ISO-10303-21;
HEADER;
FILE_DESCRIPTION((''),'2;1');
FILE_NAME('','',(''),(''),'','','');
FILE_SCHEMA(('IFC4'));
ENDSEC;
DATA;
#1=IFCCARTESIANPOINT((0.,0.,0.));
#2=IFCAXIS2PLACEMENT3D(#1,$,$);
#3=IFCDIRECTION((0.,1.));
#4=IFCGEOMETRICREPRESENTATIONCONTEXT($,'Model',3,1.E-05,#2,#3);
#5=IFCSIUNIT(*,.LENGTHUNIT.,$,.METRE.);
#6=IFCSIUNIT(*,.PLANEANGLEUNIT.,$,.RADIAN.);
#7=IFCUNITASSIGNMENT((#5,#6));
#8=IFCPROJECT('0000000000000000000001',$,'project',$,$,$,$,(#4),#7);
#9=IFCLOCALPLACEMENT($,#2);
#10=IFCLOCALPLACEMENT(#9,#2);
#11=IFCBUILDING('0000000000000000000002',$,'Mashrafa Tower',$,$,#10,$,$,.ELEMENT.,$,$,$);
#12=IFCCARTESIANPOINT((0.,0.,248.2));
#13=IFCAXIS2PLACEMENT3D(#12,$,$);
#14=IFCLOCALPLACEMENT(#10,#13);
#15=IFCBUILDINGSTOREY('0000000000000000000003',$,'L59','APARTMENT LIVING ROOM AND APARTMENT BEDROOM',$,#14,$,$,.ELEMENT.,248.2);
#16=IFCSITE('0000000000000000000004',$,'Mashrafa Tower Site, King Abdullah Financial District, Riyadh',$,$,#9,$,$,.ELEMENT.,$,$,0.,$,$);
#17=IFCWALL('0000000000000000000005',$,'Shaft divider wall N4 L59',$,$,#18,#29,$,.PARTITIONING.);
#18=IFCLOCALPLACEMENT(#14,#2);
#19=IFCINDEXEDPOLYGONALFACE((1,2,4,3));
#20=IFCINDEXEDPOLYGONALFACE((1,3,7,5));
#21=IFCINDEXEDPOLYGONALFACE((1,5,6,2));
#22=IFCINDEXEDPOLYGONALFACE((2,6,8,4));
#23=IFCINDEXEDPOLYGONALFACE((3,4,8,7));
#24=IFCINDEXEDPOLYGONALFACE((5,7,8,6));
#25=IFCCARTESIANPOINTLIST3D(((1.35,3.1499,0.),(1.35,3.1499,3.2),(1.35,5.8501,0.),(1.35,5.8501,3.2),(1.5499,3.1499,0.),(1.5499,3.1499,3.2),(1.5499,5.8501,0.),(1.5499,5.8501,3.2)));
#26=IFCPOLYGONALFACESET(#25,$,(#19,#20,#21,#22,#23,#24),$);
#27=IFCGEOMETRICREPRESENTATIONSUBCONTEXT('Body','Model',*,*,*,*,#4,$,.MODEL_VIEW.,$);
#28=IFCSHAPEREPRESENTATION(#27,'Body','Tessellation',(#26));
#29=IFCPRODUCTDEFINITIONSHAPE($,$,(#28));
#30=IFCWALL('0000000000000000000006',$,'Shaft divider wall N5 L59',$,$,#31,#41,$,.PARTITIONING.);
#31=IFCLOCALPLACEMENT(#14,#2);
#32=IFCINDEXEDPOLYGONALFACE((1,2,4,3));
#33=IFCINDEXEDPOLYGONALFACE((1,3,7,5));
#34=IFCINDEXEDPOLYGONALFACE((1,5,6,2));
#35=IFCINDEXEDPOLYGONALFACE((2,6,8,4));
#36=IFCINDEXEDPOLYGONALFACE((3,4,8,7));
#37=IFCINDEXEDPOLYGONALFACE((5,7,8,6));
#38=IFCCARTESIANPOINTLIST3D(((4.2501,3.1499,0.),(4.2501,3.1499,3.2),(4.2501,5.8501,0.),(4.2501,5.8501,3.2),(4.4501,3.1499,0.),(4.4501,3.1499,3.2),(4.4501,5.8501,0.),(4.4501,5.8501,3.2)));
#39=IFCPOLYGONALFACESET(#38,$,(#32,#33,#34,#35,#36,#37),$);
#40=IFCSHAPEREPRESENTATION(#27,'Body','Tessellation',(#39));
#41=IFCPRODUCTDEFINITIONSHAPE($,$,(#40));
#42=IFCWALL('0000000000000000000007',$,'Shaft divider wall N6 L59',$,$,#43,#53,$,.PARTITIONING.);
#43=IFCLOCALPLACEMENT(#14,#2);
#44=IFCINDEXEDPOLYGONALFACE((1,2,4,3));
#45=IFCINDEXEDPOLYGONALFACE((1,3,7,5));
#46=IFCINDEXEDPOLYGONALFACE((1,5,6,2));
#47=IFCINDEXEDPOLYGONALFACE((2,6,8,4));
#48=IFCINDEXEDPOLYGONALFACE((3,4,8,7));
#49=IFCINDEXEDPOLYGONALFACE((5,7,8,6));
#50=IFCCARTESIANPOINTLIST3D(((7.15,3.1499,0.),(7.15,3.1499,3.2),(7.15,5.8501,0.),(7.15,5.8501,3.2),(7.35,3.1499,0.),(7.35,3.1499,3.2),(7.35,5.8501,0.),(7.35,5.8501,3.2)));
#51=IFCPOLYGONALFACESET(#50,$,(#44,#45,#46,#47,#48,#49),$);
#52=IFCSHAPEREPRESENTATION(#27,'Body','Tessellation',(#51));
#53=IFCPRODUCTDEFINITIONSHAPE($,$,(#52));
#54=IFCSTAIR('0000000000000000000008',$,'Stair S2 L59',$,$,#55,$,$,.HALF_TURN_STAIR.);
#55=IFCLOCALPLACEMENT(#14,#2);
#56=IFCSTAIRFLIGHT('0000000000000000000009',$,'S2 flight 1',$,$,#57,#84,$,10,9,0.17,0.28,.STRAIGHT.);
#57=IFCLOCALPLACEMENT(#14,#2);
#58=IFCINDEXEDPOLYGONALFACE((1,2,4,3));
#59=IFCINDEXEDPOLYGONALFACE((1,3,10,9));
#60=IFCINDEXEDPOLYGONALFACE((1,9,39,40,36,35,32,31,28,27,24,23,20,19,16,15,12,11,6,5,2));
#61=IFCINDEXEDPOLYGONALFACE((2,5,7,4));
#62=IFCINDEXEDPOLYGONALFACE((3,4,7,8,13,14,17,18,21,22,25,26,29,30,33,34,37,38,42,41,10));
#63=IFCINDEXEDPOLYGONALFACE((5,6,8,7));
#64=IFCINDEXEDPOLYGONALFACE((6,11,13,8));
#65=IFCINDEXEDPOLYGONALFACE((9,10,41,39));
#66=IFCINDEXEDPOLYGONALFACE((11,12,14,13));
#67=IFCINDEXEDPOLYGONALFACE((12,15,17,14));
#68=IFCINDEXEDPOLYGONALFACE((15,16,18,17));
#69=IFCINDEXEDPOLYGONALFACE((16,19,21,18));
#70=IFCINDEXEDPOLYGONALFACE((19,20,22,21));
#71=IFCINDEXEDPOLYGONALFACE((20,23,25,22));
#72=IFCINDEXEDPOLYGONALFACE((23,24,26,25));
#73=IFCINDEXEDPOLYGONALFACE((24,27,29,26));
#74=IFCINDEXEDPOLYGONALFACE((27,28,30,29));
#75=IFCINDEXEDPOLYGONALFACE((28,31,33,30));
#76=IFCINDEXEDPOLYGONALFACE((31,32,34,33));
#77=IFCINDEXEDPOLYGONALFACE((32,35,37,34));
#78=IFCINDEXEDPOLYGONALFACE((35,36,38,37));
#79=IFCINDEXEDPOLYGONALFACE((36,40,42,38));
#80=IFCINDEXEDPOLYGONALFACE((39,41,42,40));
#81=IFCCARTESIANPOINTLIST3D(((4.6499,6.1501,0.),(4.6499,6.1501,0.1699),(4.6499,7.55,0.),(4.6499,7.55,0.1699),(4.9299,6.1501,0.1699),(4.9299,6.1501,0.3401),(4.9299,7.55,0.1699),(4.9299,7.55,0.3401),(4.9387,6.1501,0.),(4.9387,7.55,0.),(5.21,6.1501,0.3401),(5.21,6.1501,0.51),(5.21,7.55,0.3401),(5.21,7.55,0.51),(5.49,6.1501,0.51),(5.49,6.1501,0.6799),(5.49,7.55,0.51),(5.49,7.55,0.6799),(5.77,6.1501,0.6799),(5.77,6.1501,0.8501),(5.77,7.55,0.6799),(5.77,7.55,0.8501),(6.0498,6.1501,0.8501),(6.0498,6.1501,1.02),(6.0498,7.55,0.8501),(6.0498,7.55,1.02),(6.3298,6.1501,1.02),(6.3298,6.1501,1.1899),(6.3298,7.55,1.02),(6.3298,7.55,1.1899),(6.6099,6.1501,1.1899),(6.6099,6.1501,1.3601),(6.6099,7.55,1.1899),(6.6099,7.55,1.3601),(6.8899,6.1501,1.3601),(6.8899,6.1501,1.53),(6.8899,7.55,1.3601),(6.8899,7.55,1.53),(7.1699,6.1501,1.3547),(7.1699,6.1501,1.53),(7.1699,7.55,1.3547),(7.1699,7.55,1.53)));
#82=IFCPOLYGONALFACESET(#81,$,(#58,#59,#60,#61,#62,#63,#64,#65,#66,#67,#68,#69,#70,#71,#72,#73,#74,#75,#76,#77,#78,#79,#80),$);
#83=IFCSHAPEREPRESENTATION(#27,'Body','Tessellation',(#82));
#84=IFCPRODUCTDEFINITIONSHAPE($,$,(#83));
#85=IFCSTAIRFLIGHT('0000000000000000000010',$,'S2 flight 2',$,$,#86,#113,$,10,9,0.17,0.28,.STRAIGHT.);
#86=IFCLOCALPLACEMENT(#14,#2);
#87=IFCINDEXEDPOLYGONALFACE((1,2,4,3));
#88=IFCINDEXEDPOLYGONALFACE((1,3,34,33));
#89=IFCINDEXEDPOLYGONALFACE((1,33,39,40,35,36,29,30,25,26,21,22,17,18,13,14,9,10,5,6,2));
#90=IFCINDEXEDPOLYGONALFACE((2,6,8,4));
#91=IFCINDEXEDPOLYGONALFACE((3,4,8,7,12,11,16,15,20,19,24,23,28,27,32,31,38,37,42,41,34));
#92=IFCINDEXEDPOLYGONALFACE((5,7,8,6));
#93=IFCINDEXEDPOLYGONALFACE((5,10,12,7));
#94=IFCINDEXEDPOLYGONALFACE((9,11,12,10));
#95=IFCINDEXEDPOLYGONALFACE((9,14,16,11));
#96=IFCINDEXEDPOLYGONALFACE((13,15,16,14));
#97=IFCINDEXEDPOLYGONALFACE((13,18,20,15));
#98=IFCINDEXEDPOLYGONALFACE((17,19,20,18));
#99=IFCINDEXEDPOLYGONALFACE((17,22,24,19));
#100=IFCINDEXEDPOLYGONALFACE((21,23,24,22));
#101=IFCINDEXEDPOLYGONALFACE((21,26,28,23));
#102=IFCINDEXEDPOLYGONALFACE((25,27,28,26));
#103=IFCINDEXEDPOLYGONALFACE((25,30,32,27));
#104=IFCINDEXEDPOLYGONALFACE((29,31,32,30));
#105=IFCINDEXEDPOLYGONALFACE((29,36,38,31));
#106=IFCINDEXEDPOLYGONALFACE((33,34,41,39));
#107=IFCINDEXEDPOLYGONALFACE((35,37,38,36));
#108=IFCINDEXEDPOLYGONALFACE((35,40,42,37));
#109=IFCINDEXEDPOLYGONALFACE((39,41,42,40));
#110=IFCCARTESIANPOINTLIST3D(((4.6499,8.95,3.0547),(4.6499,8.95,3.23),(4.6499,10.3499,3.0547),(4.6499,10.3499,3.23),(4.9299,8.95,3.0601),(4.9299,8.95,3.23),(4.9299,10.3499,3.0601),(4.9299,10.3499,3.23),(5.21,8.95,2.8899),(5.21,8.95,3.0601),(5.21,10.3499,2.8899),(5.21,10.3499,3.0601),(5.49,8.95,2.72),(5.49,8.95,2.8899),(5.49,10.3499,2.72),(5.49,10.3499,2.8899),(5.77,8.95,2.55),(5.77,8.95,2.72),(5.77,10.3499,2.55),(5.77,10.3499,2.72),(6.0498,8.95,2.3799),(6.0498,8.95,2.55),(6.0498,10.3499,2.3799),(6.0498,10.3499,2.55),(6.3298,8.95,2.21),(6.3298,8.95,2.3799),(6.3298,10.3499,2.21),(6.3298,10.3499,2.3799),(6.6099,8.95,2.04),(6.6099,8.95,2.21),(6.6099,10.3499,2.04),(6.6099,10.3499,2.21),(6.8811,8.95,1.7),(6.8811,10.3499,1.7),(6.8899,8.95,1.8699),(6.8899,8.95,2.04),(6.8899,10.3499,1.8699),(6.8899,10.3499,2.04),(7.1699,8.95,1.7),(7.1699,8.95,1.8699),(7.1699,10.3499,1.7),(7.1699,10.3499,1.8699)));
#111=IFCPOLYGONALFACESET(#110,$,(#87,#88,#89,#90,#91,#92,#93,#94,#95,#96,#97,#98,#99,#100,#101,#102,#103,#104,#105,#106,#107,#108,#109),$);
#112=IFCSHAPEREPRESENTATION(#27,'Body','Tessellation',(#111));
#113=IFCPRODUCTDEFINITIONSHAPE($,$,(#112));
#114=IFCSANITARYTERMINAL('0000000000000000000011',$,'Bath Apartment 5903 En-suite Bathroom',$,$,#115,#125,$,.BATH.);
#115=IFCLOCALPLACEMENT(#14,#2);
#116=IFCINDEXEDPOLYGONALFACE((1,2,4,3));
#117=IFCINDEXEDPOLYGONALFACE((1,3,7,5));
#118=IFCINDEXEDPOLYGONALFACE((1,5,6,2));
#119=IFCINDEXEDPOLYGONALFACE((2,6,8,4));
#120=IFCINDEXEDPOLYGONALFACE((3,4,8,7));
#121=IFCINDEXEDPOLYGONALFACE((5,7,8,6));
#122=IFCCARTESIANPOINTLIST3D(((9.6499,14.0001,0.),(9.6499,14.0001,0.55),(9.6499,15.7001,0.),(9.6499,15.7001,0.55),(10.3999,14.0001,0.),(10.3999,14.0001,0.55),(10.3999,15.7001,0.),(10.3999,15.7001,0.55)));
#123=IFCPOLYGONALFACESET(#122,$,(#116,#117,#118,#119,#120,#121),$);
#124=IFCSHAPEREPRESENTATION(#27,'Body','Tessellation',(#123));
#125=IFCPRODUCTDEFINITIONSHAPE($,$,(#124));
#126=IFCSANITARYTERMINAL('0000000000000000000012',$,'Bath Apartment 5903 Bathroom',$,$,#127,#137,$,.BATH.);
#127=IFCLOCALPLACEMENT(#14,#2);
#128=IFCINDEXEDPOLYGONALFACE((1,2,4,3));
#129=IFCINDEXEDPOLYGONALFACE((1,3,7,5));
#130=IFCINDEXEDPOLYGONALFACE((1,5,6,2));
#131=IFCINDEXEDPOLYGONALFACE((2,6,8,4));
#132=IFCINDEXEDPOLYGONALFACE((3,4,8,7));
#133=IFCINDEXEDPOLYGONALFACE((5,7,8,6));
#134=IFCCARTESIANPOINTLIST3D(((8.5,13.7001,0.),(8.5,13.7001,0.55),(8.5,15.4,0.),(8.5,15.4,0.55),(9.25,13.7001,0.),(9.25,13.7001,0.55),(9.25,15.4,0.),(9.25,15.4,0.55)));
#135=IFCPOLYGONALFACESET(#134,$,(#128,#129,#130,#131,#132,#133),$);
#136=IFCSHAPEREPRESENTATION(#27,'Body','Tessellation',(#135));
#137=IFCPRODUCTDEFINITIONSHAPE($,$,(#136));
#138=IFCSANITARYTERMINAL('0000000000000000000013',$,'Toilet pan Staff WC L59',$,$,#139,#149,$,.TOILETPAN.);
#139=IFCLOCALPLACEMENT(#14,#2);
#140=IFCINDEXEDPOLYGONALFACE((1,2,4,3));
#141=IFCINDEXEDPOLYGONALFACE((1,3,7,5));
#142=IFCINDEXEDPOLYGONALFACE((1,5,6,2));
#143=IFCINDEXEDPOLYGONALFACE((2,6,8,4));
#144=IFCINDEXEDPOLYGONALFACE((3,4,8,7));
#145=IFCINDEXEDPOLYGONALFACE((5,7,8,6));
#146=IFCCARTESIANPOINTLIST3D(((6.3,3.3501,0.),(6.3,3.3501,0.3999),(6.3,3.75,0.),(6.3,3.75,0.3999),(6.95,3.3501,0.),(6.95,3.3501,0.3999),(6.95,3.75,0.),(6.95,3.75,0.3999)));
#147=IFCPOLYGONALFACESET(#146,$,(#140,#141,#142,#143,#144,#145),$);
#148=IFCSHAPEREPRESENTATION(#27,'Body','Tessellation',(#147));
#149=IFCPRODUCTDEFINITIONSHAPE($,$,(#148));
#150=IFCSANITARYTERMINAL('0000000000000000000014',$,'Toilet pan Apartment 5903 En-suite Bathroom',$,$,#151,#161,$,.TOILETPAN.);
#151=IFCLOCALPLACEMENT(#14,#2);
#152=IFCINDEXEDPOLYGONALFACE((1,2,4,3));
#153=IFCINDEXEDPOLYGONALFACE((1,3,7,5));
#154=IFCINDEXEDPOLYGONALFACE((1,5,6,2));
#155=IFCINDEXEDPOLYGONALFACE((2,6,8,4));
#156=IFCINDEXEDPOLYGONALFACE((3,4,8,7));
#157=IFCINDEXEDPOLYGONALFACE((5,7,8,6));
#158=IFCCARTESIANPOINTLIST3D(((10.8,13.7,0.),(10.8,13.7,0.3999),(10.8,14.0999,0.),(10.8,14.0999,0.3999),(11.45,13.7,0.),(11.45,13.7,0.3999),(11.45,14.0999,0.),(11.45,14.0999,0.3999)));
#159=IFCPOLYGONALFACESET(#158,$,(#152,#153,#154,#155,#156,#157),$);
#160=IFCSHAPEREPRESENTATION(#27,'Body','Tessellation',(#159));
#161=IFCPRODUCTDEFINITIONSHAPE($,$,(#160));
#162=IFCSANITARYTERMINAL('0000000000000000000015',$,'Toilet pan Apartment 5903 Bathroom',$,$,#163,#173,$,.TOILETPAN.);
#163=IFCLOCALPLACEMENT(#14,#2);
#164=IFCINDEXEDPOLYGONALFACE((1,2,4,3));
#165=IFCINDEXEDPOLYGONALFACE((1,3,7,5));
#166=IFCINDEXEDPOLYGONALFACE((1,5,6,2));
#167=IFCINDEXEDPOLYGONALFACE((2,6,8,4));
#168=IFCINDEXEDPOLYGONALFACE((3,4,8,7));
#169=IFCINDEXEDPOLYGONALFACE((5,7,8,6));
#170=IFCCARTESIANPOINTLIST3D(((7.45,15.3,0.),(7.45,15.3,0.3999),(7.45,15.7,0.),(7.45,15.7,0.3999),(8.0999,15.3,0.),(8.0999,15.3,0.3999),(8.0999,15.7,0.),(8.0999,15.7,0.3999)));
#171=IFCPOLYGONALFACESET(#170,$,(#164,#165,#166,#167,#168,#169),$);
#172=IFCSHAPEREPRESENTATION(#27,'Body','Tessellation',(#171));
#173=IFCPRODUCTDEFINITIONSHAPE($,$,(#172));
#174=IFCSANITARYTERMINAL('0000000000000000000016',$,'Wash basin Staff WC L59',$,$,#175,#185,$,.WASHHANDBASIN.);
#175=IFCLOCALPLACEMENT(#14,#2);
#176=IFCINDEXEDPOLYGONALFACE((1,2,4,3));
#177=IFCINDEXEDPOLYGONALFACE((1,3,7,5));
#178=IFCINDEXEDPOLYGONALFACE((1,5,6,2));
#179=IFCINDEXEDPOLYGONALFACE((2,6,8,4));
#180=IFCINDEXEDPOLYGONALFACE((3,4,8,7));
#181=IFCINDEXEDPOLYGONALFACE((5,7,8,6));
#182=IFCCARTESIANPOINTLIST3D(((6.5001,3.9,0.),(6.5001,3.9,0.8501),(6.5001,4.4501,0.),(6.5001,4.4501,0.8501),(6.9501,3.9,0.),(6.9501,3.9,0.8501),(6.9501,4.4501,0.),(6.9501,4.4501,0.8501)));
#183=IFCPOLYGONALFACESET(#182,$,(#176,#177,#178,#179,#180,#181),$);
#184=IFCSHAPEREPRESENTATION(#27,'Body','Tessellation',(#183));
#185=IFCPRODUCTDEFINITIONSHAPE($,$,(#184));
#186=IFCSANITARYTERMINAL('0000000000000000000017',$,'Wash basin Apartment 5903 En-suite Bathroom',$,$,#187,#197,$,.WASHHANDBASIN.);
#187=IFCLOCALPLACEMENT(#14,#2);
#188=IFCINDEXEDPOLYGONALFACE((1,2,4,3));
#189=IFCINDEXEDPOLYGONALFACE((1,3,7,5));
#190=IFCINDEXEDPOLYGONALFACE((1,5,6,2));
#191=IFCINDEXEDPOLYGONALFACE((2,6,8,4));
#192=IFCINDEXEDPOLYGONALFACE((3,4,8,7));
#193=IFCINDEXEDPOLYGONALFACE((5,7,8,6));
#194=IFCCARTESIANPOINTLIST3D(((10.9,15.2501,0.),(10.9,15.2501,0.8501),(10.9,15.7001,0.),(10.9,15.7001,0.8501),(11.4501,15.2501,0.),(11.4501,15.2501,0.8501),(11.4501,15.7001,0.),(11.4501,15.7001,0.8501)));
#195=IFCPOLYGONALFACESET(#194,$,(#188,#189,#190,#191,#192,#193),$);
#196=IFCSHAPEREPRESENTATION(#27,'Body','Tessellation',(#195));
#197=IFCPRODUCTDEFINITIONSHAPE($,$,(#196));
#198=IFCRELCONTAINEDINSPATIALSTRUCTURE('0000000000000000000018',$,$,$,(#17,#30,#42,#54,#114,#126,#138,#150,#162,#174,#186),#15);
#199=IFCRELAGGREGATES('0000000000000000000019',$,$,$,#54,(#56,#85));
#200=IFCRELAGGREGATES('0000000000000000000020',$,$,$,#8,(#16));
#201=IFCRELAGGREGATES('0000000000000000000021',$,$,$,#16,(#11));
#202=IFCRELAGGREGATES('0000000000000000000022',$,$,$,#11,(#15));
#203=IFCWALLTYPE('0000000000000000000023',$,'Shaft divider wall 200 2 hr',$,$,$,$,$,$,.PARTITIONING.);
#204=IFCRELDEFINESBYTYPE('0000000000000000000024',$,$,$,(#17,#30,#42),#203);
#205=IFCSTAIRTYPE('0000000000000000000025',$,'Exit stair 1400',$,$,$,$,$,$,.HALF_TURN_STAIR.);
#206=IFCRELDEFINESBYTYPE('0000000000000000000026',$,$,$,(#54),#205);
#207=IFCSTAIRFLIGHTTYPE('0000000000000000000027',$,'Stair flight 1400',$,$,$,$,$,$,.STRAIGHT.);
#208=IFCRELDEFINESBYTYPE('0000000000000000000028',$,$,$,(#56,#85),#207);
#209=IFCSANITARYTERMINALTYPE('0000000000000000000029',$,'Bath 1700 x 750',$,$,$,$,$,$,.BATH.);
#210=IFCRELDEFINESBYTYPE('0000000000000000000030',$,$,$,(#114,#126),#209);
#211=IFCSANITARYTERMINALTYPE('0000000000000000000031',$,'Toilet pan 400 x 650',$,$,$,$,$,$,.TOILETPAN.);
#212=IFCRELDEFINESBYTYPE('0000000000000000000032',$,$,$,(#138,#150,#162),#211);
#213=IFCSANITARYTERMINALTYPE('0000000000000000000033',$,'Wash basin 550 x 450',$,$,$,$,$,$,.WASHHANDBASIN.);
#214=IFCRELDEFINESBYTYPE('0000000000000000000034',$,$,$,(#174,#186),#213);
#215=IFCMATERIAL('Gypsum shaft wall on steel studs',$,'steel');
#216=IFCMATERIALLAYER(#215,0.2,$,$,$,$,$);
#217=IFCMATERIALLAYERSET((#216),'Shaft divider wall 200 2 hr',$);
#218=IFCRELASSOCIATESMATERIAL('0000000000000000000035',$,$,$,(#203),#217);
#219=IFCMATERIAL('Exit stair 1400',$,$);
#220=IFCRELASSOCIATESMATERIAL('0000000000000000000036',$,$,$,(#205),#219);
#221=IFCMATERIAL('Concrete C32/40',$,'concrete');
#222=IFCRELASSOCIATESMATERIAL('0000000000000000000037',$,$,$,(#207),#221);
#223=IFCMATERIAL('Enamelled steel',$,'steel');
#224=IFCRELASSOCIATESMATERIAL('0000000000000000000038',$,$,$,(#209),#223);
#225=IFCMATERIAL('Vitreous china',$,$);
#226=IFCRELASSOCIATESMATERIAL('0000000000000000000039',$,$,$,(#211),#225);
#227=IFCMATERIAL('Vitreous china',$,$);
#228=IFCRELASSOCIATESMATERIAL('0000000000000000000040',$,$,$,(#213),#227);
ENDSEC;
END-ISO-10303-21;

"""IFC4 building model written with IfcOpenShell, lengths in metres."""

from ifc_helpers import new_model, si_unit, direction, frame, frame_2d, origin, origin_2d, place, context, subcontext, project, spatial, polyline, rectangle, outline, extrude, material, layer, layer_set, type_object, element, aggregate, save


model = new_model("IFC4")

# Units and contexts
model_context = context("Model", 3, precision=1e-05, world=origin(), true_north=direction((0.0, 1.0)))
body_context = subcontext(model_context, "Body", "Model", "MODEL_VIEW")
ifc_project = project(units=[si_unit("LENGTHUNIT", "METRE"), si_unit("PLANEANGLEUNIT", "RADIAN")], contexts=[model_context])

# Site, building, storey
site_placement = place(None, origin())
site = spatial("IfcSite", under=ifc_project, at=site_placement, Name="Mashrafa Tower Site, King Abdullah Financial District, Riyadh", CompositionType="ELEMENT", RefElevation=0.0)
building_placement = place(site_placement, origin())
building = spatial("IfcBuilding", under=site, at=building_placement, Name="Mashrafa Tower", CompositionType="ELEMENT")
storey_placement = place(building_placement, frame((0.0, 0.0, 248.2)))
storey = spatial("IfcBuildingStorey", under=building, at=storey_placement, Name="L59", Description="APARTMENT LIVING ROOM AND APARTMENT BEDROOM", CompositionType="ELEMENT", Elevation=248.2)

# Walls
ifc_material_1 = material(Name="Gypsum shaft wall on steel studs", Category="steel")
ifc_layer_1 = layer(ifc_material_1, 0.2)
ifc_layer_set_1 = layer_set([ifc_layer_1], Name="Shaft divider wall 200 2 hr")
wall_type_1 = type_object("IfcWallType", Name="Shaft divider wall 200 2 hr", PredefinedType="PARTITIONING", material=ifc_layer_set_1)
for number, where, z_axis, x_axis, name in (
    (1, (1.45, 3.1499, 0.0), (0.0, 0.0, 1.0), (0.0, 1.0, 0.0), "Shaft divider wall N4 L59"),
    (2, (4.3501, 3.1499, 0.0), (0.0, 0.0, 1.0), (0.0, 1.0, 0.0), "Shaft divider wall N5 L59"),
    (3, (7.25, 3.1499, 0.0), (0.0, 0.0, 1.0), (0.0, 1.0, 0.0), "Shaft divider wall N6 L59"),
):
    element("IfcWall", number, at=place(storey_placement, frame(where, z_axis=z_axis, x_axis=x_axis)), inside=storey, type_object=wall_type_1, Name=name, PredefinedType="PARTITIONING", context=body_context, shape_type="SweptSolid", body=[
        extrude(rectangle(XDim=2.7002, YDim=0.2, at=frame_2d((1.3501, 0.0))), origin(), (0.0, 0.0, 1.0), 3.2),
    ])

# Stair, stair flights
ifc_material_2 = material(Name="Exit stair 1400")
stair_type = type_object("IfcStairType", Name="Exit stair 1400", PredefinedType="HALF_TURN_STAIR", material=ifc_material_2)
stair_placement = place(storey_placement, origin())
stair = element("IfcStair", 4, at=stair_placement, inside=storey, type_object=stair_type, Name="Stair S2 L59", PredefinedType="HALF_TURN_STAIR")
ifc_material_3 = material(Name="Concrete C32/40", Category="concrete")
stair_flight_type = type_object("IfcStairFlightType", Name="Stair flight 1400", PredefinedType="STRAIGHT", material=ifc_material_3)
stair_flight_1_placement = place(storey_placement, frame((4.6499, 6.8501, 0.0), z_axis=(0.0, 0.0, 1.0), x_axis=(1.0, 0.0, 0.0)))
stair_flight_1 = element("IfcStairFlight", 5, at=stair_flight_1_placement, type_object=stair_flight_type, Name="S2 flight 1", NumberOfRisers=10, NumberOfTreads=9, PredefinedType="STRAIGHT", RiserHeight=0.17, TreadLength=0.28, context=body_context, shape_type="SweptSolid", body=[
    extrude(outline(polyline([(0.0, 0.0), (0.0, 0.1699), (0.28, 0.1699), (0.28, 0.3401), (0.5601, 0.3401), (0.5601, 0.51), (0.8401, 0.51), (0.8401, 0.6799), (1.1201, 0.6799), (1.1201, 0.8501), (1.3999, 0.8501), (1.3999, 1.02), (1.6799, 1.02), (1.6799, 1.1899), (1.96, 1.1899), (1.96, 1.3601), (2.24, 1.3601), (2.24, 1.53), (2.52, 1.53), (2.52, 1.7), (2.52, 1.3547), (0.2888, 0.0), (0.0, 0.0)])), frame((0.0, 0.7, 0.0), z_axis=(0.0, -1.0, 0.0), x_axis=(1.0, 0.0, 0.0)), (0.0, 0.0, 1.0), 1.3999),
])
stair_flight_2_placement = place(storey_placement, frame((7.1699, 9.6499, 1.7), z_axis=(0.0, 0.0, 1.0), x_axis=(-1.0, 0.0, 0.0)))
stair_flight_2 = element("IfcStairFlight", 6, at=stair_flight_2_placement, type_object=stair_flight_type, Name="S2 flight 2", NumberOfRisers=10, NumberOfTreads=9, PredefinedType="STRAIGHT", RiserHeight=0.17, TreadLength=0.28, context=body_context, shape_type="SweptSolid", body=[
    extrude(outline(polyline([(0.0, 0.0), (0.0, 0.1699), (0.28, 0.1699), (0.28, 0.3401), (0.5601, 0.3401), (0.5601, 0.51), (0.8401, 0.51), (0.8401, 0.6799), (1.1201, 0.6799), (1.1201, 0.8501), (1.3999, 0.8501), (1.3999, 1.02), (1.6799, 1.02), (1.6799, 1.1899), (1.96, 1.1899), (1.96, 1.3601), (2.24, 1.3601), (2.24, 1.53), (2.52, 1.53), (2.52, 1.7), (2.52, 1.3547), (0.2888, 0.0), (0.0, 0.0)])), frame((0.0, 0.7, 0.0), z_axis=(0.0, -1.0, 0.0), x_axis=(1.0, 0.0, 0.0)), (0.0, 0.0, 1.0), 1.3999),
])
aggregate(stair, [stair_flight_1, stair_flight_2])

# Sanitary terminals
ifc_material_4 = material(Name="Enamelled steel", Category="steel")
sanitary_terminal_type_1 = type_object("IfcSanitaryTerminalType", Name="Bath 1700 x 750", PredefinedType="BATH", material=ifc_material_4)
for number, where, z_axis, x_axis, name in (
    (7, (10.0249, 14.8501, 0.0), (0.0, 0.0, 1.0), (0.0, -1.0, 0.0), "Bath Apartment 5903 En-suite Bathroom"),
    (8, (8.875, 14.55, 0.0), (0.0, 0.0, 1.0), (0.0, 1.0, 0.0), "Bath Apartment 5903 Bathroom"),
):
    element("IfcSanitaryTerminal", number, at=place(storey_placement, frame(where, z_axis=z_axis, x_axis=x_axis)), inside=storey, type_object=sanitary_terminal_type_1, Name=name, PredefinedType="BATH", context=body_context, shape_type="SweptSolid", body=[
        extrude(rectangle(XDim=1.7, YDim=0.75, at=origin_2d()), origin(), (0.0, 0.0, 1.0), 0.55),
    ])
ifc_material_5 = material(Name="Vitreous china")
sanitary_terminal_type_2 = type_object("IfcSanitaryTerminalType", Name="Toilet pan 400 x 650", PredefinedType="TOILETPAN", material=ifc_material_5)
for number, where, z_axis, x_axis, name in (
    (9, (6.625, 3.55, 0.0), (0.0, 0.0, 1.0), (0.0, 1.0, 0.0), "Toilet pan Staff WC L59"),
    (10, (11.125, 13.8999, 0.0), (0.0, 0.0, 1.0), (0.0, 1.0, 0.0), "Toilet pan Apartment 5903 En-suite Bathroom"),
    (11, (7.7749, 15.5, 0.0), (0.0, 0.0, 1.0), (0.0, -1.0, 0.0), "Toilet pan Apartment 5903 Bathroom"),
):
    element("IfcSanitaryTerminal", number, at=place(storey_placement, frame(where, z_axis=z_axis, x_axis=x_axis)), inside=storey, type_object=sanitary_terminal_type_2, Name=name, PredefinedType="TOILETPAN", context=body_context, shape_type="SweptSolid", body=[
        extrude(rectangle(XDim=0.3999, YDim=0.6499, at=origin_2d()), origin(), (0.0, 0.0, 1.0), 0.3999),
    ])
ifc_material_6 = material(Name="Vitreous china")
sanitary_terminal_type_3 = type_object("IfcSanitaryTerminalType", Name="Wash basin 550 x 450", PredefinedType="WASHHANDBASIN", material=ifc_material_6)
for number, where, z_axis, x_axis, name in (
    (12, (6.7251, 4.175, 0.0), (0.0, 0.0, 1.0), (0.0, 1.0, 0.0), "Wash basin Staff WC L59"),
    (13, (11.175, 15.4751, 0.0), (0.0, 0.0, 1.0), (-1.0, 0.0, 0.0), "Wash basin Apartment 5903 En-suite Bathroom"),
):
    element("IfcSanitaryTerminal", number, at=place(storey_placement, frame(where, z_axis=z_axis, x_axis=x_axis)), inside=storey, type_object=sanitary_terminal_type_3, Name=name, PredefinedType="WASHHANDBASIN", context=body_context, shape_type="SweptSolid", body=[
        extrude(rectangle(XDim=0.55, YDim=0.45, at=origin_2d()), origin(), (0.0, 0.0, 1.0), 0.8501),
    ])

save(model, "model.ifc")
